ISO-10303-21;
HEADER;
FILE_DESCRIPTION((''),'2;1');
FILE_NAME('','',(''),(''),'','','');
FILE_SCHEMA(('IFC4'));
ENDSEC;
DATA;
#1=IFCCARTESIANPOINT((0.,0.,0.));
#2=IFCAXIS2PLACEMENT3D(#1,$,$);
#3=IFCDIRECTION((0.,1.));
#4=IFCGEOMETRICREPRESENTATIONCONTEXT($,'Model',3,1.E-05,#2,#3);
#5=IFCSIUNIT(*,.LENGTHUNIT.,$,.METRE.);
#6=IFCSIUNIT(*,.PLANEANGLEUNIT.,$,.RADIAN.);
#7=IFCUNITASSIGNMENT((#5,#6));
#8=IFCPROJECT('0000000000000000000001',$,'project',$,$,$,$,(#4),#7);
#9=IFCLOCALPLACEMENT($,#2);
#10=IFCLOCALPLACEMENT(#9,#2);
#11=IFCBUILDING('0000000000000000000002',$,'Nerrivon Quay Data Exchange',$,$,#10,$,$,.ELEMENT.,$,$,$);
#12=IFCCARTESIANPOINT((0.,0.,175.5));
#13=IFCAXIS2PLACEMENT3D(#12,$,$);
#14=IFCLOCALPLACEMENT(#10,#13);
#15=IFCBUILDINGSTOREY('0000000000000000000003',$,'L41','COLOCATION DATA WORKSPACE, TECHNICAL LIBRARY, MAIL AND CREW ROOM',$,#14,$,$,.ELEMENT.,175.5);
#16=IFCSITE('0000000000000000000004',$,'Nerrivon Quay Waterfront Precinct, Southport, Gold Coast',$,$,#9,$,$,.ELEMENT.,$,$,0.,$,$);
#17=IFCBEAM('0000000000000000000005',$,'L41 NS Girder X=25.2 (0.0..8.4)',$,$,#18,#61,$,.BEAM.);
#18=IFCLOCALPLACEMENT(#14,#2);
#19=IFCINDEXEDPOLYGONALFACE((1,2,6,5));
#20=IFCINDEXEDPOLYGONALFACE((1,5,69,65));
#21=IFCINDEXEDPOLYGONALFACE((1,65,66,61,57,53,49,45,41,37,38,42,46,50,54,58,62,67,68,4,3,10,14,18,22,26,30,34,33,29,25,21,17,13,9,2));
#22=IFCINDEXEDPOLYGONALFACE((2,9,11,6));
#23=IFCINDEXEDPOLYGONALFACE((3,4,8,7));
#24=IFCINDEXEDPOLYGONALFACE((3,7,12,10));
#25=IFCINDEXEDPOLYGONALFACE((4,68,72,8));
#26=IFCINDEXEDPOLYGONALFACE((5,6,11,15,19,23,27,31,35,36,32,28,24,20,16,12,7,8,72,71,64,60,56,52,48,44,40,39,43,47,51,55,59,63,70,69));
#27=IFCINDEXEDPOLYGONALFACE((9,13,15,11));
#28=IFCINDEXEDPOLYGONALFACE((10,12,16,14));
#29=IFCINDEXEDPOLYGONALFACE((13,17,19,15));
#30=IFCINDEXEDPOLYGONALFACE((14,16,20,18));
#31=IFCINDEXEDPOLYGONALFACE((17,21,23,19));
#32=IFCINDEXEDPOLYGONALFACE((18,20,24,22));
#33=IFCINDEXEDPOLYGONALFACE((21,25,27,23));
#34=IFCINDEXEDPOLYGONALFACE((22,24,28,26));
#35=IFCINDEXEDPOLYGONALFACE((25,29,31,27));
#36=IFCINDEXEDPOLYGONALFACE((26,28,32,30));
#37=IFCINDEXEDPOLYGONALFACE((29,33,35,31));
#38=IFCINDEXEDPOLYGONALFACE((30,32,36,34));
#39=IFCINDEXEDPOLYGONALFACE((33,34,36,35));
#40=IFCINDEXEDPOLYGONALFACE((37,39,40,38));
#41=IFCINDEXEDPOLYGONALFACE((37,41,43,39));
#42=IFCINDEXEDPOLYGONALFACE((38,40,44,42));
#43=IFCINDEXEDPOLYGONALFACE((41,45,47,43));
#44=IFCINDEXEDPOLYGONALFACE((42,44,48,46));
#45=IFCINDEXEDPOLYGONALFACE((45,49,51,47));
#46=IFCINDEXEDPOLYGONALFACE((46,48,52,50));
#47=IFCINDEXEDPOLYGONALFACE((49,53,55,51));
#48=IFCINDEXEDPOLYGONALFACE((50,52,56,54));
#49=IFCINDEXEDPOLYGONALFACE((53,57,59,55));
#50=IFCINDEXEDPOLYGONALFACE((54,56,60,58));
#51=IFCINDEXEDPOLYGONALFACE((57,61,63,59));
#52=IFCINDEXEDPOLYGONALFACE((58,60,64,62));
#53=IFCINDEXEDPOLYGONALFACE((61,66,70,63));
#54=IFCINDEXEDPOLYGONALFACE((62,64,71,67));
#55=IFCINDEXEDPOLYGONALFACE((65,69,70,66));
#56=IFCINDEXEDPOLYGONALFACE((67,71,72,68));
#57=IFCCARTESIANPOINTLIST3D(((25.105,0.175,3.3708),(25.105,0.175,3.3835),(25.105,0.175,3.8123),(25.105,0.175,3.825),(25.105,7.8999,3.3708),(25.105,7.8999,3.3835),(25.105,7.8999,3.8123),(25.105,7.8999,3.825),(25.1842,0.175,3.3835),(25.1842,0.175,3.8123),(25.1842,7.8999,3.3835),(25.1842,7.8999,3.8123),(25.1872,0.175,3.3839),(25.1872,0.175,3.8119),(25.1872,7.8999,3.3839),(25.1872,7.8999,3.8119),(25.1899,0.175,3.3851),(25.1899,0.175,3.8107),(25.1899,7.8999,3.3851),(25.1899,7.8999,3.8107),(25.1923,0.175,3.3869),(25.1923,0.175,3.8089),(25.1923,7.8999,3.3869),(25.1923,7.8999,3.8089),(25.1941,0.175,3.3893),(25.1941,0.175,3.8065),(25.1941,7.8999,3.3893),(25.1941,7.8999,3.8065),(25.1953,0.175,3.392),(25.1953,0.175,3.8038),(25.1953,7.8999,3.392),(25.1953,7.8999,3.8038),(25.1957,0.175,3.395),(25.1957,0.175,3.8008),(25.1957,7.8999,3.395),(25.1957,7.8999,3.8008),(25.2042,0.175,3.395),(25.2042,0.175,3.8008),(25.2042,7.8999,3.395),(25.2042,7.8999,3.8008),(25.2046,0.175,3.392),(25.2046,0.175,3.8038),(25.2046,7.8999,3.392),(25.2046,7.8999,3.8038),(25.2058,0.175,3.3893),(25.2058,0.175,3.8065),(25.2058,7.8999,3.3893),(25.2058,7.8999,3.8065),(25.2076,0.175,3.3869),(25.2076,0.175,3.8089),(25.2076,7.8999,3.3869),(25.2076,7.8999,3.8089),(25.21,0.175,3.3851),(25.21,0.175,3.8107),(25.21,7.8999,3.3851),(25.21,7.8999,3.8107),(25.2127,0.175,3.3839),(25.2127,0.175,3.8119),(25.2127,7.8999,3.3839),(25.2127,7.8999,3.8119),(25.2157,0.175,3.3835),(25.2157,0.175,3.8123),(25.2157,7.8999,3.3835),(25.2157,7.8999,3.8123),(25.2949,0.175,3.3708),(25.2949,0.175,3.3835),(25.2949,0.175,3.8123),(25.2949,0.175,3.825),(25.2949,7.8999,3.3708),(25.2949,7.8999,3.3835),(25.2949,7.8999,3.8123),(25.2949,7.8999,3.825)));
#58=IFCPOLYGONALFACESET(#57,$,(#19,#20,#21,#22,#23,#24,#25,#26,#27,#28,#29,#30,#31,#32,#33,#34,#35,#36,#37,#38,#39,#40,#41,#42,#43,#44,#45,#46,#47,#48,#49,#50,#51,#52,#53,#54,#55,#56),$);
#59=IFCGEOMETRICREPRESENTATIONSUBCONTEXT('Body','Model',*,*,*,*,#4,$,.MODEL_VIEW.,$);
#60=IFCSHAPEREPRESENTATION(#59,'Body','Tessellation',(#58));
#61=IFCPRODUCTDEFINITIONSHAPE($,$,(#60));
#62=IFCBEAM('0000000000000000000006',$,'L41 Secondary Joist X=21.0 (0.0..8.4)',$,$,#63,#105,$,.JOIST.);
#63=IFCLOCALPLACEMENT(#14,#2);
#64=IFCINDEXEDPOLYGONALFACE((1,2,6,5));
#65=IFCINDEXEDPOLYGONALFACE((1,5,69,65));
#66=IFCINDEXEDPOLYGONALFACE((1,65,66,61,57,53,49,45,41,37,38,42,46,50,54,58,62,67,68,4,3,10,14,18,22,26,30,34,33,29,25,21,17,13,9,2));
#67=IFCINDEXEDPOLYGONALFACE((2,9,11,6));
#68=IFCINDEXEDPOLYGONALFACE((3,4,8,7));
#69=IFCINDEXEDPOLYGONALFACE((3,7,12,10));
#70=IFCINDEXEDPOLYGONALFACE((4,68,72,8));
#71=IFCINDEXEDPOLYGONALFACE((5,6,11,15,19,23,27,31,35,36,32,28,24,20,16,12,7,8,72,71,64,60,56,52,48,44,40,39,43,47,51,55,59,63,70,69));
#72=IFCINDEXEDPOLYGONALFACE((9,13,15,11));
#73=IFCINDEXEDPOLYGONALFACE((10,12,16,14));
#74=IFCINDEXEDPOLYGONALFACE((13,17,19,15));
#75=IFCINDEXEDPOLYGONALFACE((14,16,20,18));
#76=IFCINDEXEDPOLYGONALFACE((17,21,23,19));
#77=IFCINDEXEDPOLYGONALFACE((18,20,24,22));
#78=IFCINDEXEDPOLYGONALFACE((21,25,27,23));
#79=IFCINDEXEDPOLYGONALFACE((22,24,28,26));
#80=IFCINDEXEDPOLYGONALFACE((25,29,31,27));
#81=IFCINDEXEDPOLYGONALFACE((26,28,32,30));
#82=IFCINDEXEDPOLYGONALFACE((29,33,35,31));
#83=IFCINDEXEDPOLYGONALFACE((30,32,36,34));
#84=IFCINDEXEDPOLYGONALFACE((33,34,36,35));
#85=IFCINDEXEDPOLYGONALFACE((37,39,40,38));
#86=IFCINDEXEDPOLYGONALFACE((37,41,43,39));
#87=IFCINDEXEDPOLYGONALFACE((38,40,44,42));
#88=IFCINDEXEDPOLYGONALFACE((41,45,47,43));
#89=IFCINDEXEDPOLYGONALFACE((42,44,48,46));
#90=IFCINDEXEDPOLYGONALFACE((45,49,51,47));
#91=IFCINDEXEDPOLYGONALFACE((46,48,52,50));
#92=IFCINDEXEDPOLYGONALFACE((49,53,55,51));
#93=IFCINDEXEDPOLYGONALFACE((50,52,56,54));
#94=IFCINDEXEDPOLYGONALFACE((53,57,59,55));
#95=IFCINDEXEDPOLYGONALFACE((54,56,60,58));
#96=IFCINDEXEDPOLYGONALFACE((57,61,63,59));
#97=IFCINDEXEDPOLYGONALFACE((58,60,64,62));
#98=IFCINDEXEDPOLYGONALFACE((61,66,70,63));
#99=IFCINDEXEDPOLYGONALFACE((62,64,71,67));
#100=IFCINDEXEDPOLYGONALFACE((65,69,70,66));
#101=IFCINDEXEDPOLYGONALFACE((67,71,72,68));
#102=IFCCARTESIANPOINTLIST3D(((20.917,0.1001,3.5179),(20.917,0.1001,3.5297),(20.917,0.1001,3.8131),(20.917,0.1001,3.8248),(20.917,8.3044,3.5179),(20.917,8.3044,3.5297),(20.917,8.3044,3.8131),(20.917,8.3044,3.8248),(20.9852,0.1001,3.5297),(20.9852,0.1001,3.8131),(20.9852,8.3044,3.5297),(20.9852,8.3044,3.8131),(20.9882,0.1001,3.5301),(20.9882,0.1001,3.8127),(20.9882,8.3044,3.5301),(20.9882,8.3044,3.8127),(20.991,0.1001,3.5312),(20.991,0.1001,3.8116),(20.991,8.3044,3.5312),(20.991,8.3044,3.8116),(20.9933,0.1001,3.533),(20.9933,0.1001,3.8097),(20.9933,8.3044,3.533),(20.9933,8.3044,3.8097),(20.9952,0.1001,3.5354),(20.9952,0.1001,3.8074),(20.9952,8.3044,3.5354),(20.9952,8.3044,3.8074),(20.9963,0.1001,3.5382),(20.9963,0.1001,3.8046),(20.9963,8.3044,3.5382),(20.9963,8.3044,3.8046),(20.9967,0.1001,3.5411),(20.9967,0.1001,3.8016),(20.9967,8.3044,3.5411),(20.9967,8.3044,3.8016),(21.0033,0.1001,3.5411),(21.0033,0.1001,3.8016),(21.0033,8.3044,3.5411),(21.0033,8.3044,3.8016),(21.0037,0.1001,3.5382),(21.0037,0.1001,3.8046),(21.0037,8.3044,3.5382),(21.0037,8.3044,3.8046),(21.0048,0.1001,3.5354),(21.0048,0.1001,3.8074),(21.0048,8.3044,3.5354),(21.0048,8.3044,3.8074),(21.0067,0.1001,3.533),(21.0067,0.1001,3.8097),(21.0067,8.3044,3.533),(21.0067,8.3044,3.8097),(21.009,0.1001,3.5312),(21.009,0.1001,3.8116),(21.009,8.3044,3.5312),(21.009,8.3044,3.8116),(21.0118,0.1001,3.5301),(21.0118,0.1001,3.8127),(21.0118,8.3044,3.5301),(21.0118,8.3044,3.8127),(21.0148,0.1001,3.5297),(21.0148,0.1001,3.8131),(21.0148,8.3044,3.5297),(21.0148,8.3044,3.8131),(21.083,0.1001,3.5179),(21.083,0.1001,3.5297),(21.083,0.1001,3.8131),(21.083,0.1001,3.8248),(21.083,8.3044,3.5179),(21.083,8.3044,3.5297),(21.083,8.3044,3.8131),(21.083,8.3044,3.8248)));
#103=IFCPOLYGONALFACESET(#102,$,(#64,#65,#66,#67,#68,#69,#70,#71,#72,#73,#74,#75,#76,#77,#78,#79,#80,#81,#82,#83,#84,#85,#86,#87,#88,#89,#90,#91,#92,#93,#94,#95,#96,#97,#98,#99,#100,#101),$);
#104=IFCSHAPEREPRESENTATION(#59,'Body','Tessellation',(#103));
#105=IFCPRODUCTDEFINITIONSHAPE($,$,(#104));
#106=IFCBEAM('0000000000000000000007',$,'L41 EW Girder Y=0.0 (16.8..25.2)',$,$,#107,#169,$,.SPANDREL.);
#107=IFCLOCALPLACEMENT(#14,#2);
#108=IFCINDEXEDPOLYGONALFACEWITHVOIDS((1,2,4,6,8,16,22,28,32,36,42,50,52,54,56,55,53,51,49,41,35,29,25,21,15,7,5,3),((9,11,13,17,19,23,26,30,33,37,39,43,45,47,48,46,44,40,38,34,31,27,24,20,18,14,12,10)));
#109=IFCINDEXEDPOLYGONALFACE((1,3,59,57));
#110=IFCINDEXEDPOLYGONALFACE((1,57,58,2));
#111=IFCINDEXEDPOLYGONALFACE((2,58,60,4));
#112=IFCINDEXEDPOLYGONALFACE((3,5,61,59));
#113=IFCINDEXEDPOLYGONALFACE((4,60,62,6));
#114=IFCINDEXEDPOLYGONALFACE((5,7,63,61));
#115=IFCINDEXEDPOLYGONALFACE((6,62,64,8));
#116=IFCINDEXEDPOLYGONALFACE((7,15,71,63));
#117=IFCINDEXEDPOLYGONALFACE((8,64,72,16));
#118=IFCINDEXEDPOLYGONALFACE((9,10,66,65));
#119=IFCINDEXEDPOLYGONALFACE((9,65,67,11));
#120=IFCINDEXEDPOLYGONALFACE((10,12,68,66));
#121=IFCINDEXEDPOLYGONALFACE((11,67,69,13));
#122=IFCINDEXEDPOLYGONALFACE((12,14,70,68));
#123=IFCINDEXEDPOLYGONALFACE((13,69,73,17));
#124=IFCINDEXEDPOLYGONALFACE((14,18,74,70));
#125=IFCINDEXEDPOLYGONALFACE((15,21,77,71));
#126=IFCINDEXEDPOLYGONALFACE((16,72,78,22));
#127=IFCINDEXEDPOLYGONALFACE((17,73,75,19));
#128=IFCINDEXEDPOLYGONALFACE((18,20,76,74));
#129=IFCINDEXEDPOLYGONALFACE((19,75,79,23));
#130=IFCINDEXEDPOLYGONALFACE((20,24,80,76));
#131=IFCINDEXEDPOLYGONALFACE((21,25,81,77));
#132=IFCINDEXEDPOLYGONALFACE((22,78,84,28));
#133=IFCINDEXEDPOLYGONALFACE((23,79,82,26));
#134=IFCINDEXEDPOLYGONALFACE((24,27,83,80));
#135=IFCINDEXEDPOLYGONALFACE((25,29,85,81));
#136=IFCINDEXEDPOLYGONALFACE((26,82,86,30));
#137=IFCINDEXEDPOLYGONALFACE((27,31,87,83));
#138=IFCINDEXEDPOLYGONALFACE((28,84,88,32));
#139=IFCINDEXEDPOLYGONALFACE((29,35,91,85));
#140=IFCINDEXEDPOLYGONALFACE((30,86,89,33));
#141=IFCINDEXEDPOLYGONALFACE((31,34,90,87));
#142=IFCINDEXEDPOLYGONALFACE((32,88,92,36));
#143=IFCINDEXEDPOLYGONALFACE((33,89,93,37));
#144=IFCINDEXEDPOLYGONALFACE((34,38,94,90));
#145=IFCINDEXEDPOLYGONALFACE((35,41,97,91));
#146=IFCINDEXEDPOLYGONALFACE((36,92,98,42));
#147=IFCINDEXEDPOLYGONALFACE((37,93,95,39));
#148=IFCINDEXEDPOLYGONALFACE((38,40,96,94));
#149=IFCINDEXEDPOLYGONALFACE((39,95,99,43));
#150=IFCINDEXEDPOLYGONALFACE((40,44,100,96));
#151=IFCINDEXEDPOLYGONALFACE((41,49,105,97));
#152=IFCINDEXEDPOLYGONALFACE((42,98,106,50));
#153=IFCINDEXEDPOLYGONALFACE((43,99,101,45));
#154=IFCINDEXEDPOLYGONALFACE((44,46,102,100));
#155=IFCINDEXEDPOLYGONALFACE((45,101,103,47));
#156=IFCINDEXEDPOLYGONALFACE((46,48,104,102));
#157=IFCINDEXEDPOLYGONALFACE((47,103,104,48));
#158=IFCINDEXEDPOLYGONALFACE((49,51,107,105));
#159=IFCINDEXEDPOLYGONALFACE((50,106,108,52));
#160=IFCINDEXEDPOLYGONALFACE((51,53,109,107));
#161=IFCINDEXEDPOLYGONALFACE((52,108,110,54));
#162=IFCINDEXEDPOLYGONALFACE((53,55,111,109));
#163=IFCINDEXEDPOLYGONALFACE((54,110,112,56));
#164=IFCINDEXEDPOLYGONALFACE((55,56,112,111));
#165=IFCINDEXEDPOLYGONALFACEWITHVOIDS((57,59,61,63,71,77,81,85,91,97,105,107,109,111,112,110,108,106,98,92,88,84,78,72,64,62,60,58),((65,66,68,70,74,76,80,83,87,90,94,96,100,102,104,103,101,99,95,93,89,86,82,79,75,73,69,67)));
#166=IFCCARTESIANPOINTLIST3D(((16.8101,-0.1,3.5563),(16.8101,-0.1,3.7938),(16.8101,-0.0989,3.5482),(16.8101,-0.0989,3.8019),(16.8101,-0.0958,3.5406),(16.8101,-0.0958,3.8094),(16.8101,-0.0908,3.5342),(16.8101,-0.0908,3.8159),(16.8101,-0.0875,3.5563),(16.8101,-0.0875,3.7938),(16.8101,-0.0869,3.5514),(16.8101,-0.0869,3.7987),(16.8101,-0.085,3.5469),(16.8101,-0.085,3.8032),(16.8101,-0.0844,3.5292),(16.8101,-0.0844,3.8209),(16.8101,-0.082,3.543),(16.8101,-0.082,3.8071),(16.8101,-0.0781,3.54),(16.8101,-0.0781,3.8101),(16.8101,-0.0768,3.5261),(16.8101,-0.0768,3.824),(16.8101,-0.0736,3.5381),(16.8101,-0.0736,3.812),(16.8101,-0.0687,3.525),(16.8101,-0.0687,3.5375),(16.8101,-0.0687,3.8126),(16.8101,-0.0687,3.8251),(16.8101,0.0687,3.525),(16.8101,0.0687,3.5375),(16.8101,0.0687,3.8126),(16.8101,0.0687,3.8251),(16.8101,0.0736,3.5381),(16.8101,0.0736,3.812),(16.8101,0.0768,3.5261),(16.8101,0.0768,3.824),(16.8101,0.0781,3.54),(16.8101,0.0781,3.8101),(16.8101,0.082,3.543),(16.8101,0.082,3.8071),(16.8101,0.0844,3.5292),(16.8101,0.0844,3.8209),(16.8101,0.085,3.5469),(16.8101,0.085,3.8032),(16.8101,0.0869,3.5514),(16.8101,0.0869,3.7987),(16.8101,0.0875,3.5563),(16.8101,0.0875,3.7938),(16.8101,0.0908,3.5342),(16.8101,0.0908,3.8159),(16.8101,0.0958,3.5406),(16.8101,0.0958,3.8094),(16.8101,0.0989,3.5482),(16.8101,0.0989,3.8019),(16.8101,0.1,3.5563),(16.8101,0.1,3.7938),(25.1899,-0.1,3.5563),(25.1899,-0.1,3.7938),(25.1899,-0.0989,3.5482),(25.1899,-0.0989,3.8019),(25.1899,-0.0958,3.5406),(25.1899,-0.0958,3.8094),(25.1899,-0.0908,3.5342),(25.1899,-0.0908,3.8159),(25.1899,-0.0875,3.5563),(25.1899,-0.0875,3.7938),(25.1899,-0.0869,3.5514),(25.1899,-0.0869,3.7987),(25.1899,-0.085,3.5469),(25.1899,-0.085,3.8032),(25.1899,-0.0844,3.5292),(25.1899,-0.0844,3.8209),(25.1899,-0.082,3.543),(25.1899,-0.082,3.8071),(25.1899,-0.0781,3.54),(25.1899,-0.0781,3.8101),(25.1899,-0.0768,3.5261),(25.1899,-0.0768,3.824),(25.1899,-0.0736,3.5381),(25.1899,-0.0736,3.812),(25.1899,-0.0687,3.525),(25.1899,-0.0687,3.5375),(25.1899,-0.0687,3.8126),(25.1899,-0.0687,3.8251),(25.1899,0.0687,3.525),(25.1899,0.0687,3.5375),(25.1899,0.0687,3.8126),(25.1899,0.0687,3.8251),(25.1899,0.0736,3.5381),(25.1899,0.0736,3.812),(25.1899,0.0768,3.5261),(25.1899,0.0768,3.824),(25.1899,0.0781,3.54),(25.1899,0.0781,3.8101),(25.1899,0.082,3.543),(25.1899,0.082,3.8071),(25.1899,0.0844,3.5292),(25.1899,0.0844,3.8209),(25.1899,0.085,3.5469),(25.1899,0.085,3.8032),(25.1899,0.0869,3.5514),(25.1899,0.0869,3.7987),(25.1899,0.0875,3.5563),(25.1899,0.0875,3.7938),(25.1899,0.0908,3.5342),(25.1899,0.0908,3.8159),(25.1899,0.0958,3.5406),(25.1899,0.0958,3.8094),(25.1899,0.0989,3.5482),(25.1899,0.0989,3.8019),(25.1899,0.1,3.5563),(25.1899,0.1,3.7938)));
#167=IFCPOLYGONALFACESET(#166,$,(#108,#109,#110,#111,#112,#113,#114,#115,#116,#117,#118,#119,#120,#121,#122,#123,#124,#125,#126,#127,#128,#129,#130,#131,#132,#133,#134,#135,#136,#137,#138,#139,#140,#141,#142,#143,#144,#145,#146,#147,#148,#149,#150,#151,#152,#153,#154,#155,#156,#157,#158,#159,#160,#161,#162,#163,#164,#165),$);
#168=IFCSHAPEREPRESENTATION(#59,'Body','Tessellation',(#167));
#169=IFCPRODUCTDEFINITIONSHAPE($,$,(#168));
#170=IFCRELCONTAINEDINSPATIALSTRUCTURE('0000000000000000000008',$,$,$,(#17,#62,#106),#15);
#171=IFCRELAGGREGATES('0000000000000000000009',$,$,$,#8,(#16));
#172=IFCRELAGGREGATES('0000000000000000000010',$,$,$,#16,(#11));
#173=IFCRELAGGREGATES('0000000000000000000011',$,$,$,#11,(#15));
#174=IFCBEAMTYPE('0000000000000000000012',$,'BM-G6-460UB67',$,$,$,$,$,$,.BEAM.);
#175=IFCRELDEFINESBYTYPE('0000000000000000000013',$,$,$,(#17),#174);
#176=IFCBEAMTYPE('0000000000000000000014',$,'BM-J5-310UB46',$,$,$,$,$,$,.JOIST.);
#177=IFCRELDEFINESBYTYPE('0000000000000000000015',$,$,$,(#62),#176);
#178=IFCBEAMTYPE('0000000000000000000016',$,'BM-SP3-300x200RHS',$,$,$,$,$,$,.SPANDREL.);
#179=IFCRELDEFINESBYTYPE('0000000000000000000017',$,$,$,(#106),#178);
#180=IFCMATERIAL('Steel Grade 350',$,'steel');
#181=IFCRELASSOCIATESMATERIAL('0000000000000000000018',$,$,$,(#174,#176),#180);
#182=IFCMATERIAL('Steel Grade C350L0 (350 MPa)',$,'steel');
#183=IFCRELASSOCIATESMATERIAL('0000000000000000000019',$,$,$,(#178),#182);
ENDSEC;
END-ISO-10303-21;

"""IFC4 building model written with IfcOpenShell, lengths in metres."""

from ifc_helpers import new_model, si_unit, direction, frame, origin, origin_2d, place, context, subcontext, project, spatial, hollow_rectangle, i_section, extrude, material, material_profile, profile_set, type_object, element, save


model = new_model("IFC4")

# Units and contexts
model_context = context("Model", 3, precision=1e-05, world=origin(), true_north=direction((0.0, 1.0)))
body_context = subcontext(model_context, "Body", "Model", "MODEL_VIEW")
ifc_project = project(units=[si_unit("LENGTHUNIT", "METRE"), si_unit("PLANEANGLEUNIT", "RADIAN")], contexts=[model_context])

# Site, building, storey
site_placement = place(None, origin())
site = spatial("IfcSite", under=ifc_project, at=site_placement, Name="Nerrivon Quay Waterfront Precinct, Southport, Gold Coast", CompositionType="ELEMENT", RefElevation=0.0)
building_placement = place(site_placement, origin())
building = spatial("IfcBuilding", under=site, at=building_placement, Name="Nerrivon Quay Data Exchange", CompositionType="ELEMENT")
storey_placement = place(building_placement, frame((0.0, 0.0, 175.5)))
storey = spatial("IfcBuildingStorey", under=building, at=storey_placement, Name="L41", Description="COLOCATION DATA WORKSPACE, TECHNICAL LIBRARY, MAIL AND CREW ROOM", CompositionType="ELEMENT", Elevation=175.5)

# Shared definitions
ifc_material_1 = material(Name="Steel Grade 350", Category="steel")

# Beams
ifc_material_profile_1 = material_profile(ifc_material_1, i_section(OverallWidth=0.1899, OverallDepth=0.4541, WebThickness=0.0085, FlangeThickness=0.0127, FilletRadius=0.0115, at=origin_2d()), Name="460UB67.1")
ifc_profile_set_1 = profile_set([ifc_material_profile_1], Name="Steel Grade 350")
beam_type_1 = type_object("IfcBeamType", Name="BM-G6-460UB67", PredefinedType="BEAM", material=ifc_profile_set_1)
for number, where, z_axis, x_axis, name in (
    (1, (25.2, 0.175, 3.5979), (0.0, 1.0, 0.0), (-1.0, 0.0, 0.0), "L41 NS Girder X=25.2 (0.0..8.4)"),
):
    element("IfcBeam", number, at=place(storey_placement, frame(where, z_axis=z_axis, x_axis=x_axis)), inside=storey, type_object=beam_type_1, Name=name, PredefinedType="BEAM", context=body_context, shape_type="SweptSolid", body=[
        extrude(i_section(OverallWidth=0.1899, OverallDepth=0.4541, WebThickness=0.0085, FlangeThickness=0.0127, FilletRadius=0.0115, at=origin_2d()), origin(), (0.0, 0.0, 1.0), 7.7249),
    ])
ifc_material_profile_2 = material_profile(ifc_material_1, i_section(OverallWidth=0.166, OverallDepth=0.3069, WebThickness=0.0066, FlangeThickness=0.0117, FilletRadius=0.0115, at=origin_2d()), Name="310UB46.2")
ifc_profile_set_2 = profile_set([ifc_material_profile_2], Name="Steel Grade 350")
beam_type_2 = type_object("IfcBeamType", Name="BM-J5-310UB46", PredefinedType="JOIST", material=ifc_profile_set_2)
beam_1_placement = place(storey_placement, frame((21.0, 0.1001, 3.6714), z_axis=(0.0, 1.0, 0.0), x_axis=(-1.0, 0.0, 0.0)))
element("IfcBeam", 2, at=beam_1_placement, inside=storey, type_object=beam_type_2, Name="L41 Secondary Joist X=21.0 (0.0..8.4)", PredefinedType="JOIST", context=body_context, shape_type="SweptSolid", body=[
    extrude(i_section(OverallWidth=0.166, OverallDepth=0.3069, WebThickness=0.0066, FlangeThickness=0.0117, FilletRadius=0.0115, at=origin_2d()), origin(), (0.0, 0.0, 1.0), 8.2043),
])
ifc_material_2 = material(Name="Steel Grade C350L0 (350 MPa)", Category="steel")
ifc_material_profile_3 = material_profile(ifc_material_2, hollow_rectangle(XDim=0.2, YDim=0.3, WallThickness=0.0125, InnerFilletRadius=0.0188, OuterFilletRadius=0.0312, at=origin_2d()), Name="300x200x12.5RHS")
ifc_profile_set_3 = profile_set([ifc_material_profile_3], Name="Steel Grade C350L0 (350 MPa)")
beam_type_3 = type_object("IfcBeamType", Name="BM-SP3-300x200RHS", PredefinedType="SPANDREL", material=ifc_profile_set_3)
beam_2_placement = place(storey_placement, frame((16.8101, 0.0, 3.675), z_axis=(1.0, 0.0, 0.0), x_axis=(0.0, 1.0, 0.0)))
element("IfcBeam", 3, at=beam_2_placement, inside=storey, type_object=beam_type_3, Name="L41 EW Girder Y=0.0 (16.8..25.2)", PredefinedType="SPANDREL", context=body_context, shape_type="SweptSolid", body=[
    extrude(hollow_rectangle(XDim=0.2, YDim=0.3, WallThickness=0.0125, InnerFilletRadius=0.0188, OuterFilletRadius=0.0312, at=origin_2d()), origin(), (0.0, 0.0, 1.0), 8.3799),
])

save(model, "model.ifc")
